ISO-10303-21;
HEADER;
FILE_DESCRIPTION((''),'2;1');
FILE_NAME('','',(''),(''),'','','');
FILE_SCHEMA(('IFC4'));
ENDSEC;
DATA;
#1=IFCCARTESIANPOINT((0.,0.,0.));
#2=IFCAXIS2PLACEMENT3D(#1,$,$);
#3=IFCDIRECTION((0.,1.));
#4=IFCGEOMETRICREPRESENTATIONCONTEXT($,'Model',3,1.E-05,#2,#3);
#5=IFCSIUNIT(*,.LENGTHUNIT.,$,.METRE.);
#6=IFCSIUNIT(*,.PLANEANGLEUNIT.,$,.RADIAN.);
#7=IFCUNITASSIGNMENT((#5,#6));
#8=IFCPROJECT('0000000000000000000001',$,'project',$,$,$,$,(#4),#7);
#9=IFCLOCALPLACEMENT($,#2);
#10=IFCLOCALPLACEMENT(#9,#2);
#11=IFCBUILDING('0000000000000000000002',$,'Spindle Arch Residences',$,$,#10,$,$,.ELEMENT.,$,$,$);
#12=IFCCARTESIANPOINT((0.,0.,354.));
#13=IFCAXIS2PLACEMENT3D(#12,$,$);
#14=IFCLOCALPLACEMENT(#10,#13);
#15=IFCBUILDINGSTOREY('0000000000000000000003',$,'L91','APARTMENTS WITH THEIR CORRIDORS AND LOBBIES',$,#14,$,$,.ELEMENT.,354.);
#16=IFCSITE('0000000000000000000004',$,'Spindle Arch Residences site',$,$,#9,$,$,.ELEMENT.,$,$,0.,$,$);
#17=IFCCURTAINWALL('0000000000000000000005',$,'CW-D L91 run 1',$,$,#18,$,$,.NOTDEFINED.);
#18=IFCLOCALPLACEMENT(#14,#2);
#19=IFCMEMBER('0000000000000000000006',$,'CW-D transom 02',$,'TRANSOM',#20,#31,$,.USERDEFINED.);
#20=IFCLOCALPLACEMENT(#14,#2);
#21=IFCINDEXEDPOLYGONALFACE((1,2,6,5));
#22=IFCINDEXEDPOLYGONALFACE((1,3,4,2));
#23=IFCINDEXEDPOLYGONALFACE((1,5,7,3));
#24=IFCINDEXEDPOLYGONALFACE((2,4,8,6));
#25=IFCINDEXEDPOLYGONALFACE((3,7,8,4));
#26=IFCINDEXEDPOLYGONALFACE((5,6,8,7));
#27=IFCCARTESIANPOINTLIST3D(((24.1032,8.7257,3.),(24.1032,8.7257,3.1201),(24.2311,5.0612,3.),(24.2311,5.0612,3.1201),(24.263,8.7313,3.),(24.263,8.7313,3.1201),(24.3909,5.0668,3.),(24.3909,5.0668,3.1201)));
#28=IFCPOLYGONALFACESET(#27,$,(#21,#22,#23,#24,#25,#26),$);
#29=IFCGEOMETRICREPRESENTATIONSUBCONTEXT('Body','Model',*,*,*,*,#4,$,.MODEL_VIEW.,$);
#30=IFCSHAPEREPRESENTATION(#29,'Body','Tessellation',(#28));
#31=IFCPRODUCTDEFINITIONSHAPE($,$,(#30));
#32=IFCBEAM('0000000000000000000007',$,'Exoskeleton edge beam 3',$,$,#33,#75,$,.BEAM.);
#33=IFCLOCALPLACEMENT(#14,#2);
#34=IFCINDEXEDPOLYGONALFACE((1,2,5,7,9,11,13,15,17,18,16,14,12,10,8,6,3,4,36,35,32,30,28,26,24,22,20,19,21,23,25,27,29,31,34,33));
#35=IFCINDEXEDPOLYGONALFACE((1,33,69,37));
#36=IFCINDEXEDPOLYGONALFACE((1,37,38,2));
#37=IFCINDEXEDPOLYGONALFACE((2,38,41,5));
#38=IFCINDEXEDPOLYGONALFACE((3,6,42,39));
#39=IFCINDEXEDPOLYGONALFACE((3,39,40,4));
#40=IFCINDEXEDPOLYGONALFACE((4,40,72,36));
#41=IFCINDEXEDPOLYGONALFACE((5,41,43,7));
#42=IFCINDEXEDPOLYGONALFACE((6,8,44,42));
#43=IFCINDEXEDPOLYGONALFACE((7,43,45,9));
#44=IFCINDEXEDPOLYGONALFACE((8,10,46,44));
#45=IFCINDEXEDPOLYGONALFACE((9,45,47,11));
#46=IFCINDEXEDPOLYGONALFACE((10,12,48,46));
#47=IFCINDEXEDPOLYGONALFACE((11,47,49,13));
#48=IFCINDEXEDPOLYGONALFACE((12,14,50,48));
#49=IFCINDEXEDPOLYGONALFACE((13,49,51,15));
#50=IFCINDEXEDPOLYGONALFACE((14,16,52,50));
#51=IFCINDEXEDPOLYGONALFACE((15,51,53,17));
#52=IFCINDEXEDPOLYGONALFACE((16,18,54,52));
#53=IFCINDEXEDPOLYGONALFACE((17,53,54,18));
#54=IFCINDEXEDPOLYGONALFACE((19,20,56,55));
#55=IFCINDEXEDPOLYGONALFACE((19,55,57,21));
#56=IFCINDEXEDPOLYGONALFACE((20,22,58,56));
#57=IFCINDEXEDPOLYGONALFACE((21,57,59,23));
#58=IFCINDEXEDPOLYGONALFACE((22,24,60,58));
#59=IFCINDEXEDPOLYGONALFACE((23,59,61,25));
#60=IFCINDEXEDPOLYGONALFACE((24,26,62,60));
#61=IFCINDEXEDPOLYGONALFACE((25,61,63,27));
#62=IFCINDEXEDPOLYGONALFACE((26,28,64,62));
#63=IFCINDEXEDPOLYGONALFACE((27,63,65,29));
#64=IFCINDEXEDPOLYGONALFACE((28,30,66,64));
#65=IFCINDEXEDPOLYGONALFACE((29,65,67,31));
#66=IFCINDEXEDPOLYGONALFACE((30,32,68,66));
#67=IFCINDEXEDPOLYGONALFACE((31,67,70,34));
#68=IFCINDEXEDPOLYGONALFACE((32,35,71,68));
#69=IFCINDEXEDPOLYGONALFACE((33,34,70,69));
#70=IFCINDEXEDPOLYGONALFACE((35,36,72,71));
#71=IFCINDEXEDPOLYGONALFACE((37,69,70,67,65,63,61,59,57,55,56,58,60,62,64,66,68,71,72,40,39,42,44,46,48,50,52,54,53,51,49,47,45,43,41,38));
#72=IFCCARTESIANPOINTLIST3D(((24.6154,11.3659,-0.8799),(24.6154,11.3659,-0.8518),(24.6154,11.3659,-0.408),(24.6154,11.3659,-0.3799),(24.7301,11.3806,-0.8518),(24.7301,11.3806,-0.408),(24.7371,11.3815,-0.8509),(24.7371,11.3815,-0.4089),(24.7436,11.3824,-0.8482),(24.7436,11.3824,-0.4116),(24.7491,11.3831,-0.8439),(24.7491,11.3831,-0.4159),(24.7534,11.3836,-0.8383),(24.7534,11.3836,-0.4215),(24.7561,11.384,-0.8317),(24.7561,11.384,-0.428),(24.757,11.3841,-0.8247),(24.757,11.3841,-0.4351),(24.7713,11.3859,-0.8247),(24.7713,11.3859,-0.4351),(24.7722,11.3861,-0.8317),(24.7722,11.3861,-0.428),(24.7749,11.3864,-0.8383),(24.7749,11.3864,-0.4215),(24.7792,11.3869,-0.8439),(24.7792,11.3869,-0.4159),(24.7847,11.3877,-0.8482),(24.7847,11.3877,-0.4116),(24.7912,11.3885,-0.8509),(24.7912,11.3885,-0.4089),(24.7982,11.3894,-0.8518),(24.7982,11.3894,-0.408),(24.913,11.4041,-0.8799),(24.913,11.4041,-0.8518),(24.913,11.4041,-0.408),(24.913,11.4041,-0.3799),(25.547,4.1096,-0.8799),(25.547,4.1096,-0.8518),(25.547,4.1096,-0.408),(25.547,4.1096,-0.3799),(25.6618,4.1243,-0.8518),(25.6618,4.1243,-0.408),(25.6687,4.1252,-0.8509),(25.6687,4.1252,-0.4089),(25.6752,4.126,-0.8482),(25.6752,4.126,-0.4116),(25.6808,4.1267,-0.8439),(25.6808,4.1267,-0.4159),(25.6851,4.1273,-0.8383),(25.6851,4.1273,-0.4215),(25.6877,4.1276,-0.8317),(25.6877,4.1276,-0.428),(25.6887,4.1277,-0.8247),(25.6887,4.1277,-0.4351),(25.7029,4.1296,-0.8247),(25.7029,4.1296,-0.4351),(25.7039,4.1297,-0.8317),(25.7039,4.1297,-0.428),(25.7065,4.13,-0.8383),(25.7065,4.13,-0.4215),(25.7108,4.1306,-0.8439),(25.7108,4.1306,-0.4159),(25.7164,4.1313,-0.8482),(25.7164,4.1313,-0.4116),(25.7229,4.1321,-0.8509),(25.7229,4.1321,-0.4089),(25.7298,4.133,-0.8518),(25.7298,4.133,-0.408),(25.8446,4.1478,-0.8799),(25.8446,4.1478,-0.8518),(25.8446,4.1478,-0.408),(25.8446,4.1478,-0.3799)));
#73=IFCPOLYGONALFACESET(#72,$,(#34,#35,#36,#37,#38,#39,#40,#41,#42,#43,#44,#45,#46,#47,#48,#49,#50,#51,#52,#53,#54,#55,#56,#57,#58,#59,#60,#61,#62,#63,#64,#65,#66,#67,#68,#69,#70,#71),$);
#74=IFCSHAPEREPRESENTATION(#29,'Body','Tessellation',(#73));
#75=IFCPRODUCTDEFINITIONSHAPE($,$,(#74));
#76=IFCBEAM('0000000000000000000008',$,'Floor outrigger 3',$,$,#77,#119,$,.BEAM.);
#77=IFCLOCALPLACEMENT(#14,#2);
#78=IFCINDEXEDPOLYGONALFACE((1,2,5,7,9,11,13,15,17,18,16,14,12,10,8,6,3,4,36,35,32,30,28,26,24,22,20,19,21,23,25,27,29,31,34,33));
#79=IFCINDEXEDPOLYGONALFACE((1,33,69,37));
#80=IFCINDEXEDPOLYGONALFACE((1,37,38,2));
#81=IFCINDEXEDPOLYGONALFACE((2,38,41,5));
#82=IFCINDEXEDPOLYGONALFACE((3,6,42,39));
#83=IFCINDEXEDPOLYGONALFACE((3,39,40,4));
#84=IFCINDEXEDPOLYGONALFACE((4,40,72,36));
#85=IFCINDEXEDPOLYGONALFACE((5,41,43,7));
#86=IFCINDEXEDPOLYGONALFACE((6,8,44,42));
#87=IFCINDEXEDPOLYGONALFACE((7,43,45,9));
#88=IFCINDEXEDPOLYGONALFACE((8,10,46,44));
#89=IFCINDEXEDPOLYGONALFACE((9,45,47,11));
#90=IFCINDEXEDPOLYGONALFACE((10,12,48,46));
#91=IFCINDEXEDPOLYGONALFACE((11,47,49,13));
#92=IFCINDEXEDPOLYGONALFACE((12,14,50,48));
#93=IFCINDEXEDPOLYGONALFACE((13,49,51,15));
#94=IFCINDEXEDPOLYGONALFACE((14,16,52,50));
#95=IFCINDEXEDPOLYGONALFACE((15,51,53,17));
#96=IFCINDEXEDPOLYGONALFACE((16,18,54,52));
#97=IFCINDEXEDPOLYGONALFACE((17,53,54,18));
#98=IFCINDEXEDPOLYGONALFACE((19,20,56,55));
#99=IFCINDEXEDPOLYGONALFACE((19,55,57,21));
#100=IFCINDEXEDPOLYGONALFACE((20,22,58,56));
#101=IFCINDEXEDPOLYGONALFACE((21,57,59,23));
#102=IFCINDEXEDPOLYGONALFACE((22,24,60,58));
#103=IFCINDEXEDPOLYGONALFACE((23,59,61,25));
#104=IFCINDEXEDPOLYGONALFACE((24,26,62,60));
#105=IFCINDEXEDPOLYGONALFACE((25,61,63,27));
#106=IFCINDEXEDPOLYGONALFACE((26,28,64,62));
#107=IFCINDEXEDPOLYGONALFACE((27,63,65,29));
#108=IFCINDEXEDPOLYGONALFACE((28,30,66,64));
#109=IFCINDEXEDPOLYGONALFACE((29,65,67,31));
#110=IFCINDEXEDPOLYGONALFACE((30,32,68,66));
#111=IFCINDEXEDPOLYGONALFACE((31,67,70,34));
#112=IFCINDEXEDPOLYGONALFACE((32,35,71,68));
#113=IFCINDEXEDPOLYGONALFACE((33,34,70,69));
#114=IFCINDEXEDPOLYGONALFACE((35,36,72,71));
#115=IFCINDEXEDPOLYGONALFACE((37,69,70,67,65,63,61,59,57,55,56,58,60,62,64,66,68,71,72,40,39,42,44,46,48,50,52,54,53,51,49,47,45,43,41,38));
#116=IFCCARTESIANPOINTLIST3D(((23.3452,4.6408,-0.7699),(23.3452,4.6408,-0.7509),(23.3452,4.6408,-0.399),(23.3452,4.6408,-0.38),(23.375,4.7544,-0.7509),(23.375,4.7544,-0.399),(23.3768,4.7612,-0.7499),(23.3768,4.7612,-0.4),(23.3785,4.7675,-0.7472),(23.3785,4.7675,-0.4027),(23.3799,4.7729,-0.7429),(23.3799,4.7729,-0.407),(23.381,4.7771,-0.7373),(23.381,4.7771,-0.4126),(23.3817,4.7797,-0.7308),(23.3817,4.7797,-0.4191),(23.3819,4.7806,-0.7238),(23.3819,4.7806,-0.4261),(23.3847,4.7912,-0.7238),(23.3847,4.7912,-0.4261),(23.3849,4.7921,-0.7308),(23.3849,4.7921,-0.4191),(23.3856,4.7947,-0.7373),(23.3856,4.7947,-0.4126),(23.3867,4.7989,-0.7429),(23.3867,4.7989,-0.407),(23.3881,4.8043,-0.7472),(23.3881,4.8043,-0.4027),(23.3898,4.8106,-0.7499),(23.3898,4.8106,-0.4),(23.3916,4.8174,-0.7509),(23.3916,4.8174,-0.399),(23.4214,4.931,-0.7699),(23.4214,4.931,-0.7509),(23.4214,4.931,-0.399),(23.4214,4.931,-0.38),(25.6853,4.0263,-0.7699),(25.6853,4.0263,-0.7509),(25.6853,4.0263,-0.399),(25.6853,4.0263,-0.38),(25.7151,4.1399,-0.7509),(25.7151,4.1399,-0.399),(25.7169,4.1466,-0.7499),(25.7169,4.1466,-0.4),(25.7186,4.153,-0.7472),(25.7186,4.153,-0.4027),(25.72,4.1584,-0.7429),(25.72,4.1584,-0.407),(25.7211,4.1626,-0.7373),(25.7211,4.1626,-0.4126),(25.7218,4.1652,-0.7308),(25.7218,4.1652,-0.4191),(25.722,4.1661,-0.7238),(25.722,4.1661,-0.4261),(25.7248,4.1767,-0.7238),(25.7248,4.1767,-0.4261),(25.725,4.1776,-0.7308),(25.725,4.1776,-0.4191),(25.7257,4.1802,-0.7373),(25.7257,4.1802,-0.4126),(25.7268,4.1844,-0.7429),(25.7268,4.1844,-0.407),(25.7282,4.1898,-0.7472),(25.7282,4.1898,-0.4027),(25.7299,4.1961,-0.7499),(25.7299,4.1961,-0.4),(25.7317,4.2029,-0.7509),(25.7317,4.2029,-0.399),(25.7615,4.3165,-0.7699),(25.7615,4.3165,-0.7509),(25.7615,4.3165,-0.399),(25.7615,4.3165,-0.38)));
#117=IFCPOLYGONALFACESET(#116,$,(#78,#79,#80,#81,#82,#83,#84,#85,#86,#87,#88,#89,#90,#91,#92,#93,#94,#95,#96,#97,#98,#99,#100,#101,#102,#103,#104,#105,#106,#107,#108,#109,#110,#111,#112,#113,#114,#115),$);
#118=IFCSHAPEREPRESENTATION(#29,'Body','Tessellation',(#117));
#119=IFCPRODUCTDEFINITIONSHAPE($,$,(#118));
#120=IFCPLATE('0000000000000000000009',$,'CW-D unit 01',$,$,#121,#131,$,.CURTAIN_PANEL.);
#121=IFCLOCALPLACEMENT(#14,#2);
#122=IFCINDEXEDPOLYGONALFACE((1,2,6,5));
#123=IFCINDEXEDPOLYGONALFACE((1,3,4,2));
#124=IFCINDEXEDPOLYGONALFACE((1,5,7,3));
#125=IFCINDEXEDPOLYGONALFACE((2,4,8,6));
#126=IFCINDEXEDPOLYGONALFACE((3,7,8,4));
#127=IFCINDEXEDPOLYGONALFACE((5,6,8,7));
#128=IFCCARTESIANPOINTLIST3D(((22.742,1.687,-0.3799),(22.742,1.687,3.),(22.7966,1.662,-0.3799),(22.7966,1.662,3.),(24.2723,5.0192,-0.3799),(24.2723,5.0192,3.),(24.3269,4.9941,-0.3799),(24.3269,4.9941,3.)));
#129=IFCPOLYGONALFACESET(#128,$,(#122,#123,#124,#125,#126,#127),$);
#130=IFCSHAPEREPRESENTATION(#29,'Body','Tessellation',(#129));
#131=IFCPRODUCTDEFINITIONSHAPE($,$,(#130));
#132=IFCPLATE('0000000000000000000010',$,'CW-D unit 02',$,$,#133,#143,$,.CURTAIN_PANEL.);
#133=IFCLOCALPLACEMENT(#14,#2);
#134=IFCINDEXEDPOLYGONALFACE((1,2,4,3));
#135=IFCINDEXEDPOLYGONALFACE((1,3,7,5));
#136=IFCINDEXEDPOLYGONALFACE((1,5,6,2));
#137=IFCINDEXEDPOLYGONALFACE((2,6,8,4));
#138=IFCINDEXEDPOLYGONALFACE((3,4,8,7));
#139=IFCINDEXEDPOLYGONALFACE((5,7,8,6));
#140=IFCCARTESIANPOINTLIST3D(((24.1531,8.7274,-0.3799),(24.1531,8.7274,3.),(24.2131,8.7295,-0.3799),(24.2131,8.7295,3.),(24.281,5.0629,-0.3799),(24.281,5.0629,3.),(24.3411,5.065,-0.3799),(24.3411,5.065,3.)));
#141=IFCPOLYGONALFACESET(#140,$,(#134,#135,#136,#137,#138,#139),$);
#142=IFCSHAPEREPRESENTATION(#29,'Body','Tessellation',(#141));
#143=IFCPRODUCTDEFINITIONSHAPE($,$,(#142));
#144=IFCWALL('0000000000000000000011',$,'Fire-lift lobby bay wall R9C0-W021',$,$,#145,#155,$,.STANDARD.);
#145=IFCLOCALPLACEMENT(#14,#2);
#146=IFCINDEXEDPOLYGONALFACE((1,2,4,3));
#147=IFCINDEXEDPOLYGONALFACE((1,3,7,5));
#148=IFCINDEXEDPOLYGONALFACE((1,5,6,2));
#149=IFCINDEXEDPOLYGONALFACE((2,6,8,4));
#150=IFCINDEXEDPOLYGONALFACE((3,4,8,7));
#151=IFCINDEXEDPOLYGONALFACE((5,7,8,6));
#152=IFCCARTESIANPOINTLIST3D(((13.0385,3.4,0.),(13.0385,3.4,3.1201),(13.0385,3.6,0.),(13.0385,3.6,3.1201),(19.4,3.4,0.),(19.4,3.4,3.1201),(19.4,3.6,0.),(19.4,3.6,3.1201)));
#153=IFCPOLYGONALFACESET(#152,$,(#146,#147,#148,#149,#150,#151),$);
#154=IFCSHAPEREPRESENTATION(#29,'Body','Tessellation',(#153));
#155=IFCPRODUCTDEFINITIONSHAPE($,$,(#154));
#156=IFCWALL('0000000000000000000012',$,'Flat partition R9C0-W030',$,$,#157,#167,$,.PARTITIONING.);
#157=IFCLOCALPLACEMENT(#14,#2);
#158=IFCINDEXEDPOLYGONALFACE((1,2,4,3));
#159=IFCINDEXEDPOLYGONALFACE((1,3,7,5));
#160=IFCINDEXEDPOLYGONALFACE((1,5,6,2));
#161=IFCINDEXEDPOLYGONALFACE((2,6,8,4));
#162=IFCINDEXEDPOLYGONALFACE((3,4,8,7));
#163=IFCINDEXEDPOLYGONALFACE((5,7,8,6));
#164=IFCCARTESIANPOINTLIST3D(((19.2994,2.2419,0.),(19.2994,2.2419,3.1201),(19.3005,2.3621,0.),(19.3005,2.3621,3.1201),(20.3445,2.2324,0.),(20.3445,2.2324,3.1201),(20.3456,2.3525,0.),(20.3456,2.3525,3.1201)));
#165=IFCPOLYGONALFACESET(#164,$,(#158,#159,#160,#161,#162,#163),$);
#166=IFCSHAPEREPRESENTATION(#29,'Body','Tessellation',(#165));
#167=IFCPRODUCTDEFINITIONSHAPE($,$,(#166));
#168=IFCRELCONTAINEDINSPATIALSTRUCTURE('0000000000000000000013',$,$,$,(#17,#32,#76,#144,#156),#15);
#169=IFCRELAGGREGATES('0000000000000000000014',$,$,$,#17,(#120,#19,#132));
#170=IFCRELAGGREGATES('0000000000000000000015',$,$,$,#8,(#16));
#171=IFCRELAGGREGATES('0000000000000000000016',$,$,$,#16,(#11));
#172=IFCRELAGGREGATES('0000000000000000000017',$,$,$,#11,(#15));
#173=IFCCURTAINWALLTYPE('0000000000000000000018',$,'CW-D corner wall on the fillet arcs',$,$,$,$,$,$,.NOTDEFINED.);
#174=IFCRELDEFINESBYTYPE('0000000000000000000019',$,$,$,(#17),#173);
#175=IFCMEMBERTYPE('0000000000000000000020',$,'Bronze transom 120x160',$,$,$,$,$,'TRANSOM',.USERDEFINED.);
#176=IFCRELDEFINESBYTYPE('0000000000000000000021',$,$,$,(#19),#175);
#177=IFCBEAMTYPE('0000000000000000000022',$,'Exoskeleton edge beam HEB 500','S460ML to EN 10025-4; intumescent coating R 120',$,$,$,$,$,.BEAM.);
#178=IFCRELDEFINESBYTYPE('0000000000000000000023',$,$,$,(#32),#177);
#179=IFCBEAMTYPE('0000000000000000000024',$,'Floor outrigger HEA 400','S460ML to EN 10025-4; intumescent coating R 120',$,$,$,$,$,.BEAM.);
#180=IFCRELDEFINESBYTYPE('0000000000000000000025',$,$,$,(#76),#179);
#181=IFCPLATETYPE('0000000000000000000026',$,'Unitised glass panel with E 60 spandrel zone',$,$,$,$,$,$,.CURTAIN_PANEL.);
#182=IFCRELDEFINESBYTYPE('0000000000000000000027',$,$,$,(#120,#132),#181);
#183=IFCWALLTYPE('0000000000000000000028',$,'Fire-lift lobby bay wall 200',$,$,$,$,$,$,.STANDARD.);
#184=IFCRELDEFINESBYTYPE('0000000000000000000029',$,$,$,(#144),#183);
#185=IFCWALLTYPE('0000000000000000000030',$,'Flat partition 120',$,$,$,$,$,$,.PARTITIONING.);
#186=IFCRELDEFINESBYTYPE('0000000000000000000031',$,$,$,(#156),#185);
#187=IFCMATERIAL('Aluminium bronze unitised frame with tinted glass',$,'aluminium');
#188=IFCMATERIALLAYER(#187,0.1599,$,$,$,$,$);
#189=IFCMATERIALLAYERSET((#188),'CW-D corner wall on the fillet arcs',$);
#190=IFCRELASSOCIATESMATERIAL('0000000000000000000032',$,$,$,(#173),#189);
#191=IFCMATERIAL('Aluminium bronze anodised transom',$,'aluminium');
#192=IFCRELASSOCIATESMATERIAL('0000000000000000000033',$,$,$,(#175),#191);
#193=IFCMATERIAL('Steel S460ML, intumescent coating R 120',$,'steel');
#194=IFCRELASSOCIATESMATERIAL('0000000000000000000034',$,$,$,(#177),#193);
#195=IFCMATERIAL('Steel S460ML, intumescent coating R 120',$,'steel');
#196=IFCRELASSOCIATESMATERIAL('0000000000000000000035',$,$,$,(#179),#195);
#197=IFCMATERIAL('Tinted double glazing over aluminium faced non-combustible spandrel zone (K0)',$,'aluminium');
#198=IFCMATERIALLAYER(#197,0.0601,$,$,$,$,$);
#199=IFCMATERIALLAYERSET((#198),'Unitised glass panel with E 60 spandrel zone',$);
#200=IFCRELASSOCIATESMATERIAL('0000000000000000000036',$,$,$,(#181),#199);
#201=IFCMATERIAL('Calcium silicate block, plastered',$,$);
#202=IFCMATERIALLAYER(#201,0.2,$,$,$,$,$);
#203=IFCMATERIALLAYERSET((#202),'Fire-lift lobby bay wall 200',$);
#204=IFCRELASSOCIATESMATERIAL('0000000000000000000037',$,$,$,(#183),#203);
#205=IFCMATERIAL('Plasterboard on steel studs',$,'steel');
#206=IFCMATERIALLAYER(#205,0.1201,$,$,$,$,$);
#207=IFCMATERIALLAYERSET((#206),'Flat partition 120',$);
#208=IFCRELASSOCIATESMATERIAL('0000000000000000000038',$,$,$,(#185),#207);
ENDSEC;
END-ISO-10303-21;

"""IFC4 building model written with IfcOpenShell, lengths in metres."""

from ifc_helpers import new_model, si_unit, direction, frame, frame_2d, origin, origin_2d, place, context, subcontext, project, spatial, rectangle, i_section, extrude, material, layer, layer_set, material_profile, profile_set, type_object, element, aggregate, save


model = new_model("IFC4")

# Units and contexts
model_context = context("Model", 3, precision=1e-05, world=origin(), true_north=direction((0.0, 1.0)))
body_context = subcontext(model_context, "Body", "Model", "MODEL_VIEW")
ifc_project = project(units=[si_unit("LENGTHUNIT", "METRE"), si_unit("PLANEANGLEUNIT", "RADIAN")], contexts=[model_context])

# Site, building, storey
site_placement = place(None, origin())
site = spatial("IfcSite", under=ifc_project, at=site_placement, Name="Spindle Arch Residences site", CompositionType="ELEMENT", RefElevation=0.0)
building_placement = place(site_placement, origin())
building = spatial("IfcBuilding", under=site, at=building_placement, Name="Spindle Arch Residences", CompositionType="ELEMENT")
storey_placement = place(building_placement, frame((0.0, 0.0, 354.0)))
storey = spatial("IfcBuildingStorey", under=building, at=storey_placement, Name="L91", Description="APARTMENTS WITH THEIR CORRIDORS AND LOBBIES", CompositionType="ELEMENT", Elevation=354.0)

# Curtain wall, member
ifc_material_1 = material(Name="Aluminium bronze unitised frame with tinted glass", Category="aluminium")
ifc_layer_1 = layer(ifc_material_1, 0.1599)
ifc_layer_set_1 = layer_set([ifc_layer_1], Name="CW-D corner wall on the fillet arcs")
curtain_wall_type = type_object("IfcCurtainWallType", Name="CW-D corner wall on the fillet arcs", PredefinedType="NOTDEFINED", material=ifc_layer_set_1)
curtain_wall_placement = place(storey_placement, origin())
curtain_wall = element("IfcCurtainWall", 1, at=curtain_wall_placement, inside=storey, type_object=curtain_wall_type, Name="CW-D L91 run 1", PredefinedType="NOTDEFINED")
ifc_material_2 = material(Name="Aluminium bronze anodised transom", Category="aluminium")
ifc_material_profile_1 = material_profile(ifc_material_2, rectangle(XDim=0.1599, YDim=0.1201, at=origin_2d()), Name="TR 120x160")
ifc_profile_set_1 = profile_set([ifc_material_profile_1], Name="Aluminium bronze anodised transom")
member_type_1 = type_object("IfcMemberType", Name="Bronze transom 120x160", ElementType="TRANSOM", PredefinedType="USERDEFINED", material=ifc_profile_set_1)
member_1_placement = place(storey_placement, frame((24.311, 5.064, 3.0601), z_axis=(-0.034889, 0.999391, 0.0), x_axis=(-0.999391, -0.034889, 0.0)))
member_1 = element("IfcMember", 2, at=member_1_placement, type_object=member_type_1, Name="CW-D transom 02", ObjectType="TRANSOM", PredefinedType="USERDEFINED", context=body_context, shape_type="SweptSolid", body=[
    extrude(rectangle(XDim=0.1599, YDim=0.1201, at=origin_2d()), origin(), (0.0, 0.0, 1.0), 3.6667),
])

# Beams
ifc_material_3 = material(Name="Steel S460ML, intumescent coating R 120", Category="steel")
ifc_material_profile_2 = material_profile(ifc_material_3, i_section(OverallWidth=0.3, OverallDepth=0.5, WebThickness=0.0144, FlangeThickness=0.0281, FilletRadius=0.0271, at=origin_2d()), Name="HEB 500")
ifc_profile_set_2 = profile_set([ifc_material_profile_2], Name="Steel S460ML, intumescent coating R 120")
beam_type_1 = type_object("IfcBeamType", Name="Exoskeleton edge beam HEB 500", Description="S460ML to EN 10025-4; intumescent coating R 120", PredefinedType="BEAM", material=ifc_profile_set_2)
beam_1_placement = place(storey_placement, frame((25.6958, 4.1287, -0.6299), z_axis=(-0.127344, 0.991859, 0.0), x_axis=(-0.991859, -0.127344, 0.0)))
element("IfcBeam", 3, at=beam_1_placement, inside=storey, type_object=beam_type_1, Name="Exoskeleton edge beam 3", PredefinedType="BEAM", context=body_context, shape_type="SweptSolid", body=[
    extrude(i_section(OverallWidth=0.3, OverallDepth=0.5, WebThickness=0.0144, FlangeThickness=0.0281, FilletRadius=0.0271, at=origin_2d()), origin(), (0.0, 0.0, 1.0), 7.3159),
])
ifc_material_4 = material(Name="Steel S460ML, intumescent coating R 120", Category="steel")
ifc_material_profile_3 = material_profile(ifc_material_4, i_section(OverallWidth=0.3, OverallDepth=0.3899, WebThickness=0.011, FlangeThickness=0.019, FilletRadius=0.0271, at=origin_2d()), Name="HEA 400")
ifc_profile_set_3 = profile_set([ifc_material_profile_3], Name="Steel S460ML, intumescent coating R 120")
beam_type_2 = type_object("IfcBeamType", Name="Floor outrigger HEA 400", Description="S460ML to EN 10025-4; intumescent coating R 120", PredefinedType="BEAM", material=ifc_profile_set_3)
beam_2_placement = place(storey_placement, frame((25.7234, 4.1714, -0.575), z_axis=(-0.967208, 0.253987, 0.0), x_axis=(-0.253987, -0.967208, 0.0)))
element("IfcBeam", 4, at=beam_2_placement, inside=storey, type_object=beam_type_2, Name="Floor outrigger 3", PredefinedType="BEAM", context=body_context, shape_type="SweptSolid", body=[
    extrude(i_section(OverallWidth=0.3, OverallDepth=0.3899, WebThickness=0.011, FlangeThickness=0.019, FilletRadius=0.0271, at=origin_2d()), origin(), (0.0, 0.0, 1.0), 2.4194),
])

# Plates
ifc_material_5 = material(Name="Tinted double glazing over aluminium faced non-combustible spandrel zone (K0)", Category="aluminium")
ifc_layer_2 = layer(ifc_material_5, 0.0601)
ifc_layer_set_2 = layer_set([ifc_layer_2], Name="Unitised glass panel with E 60 spandrel zone")
plate_type = type_object("IfcPlateType", Name="Unitised glass panel with E 60 spandrel zone", PredefinedType="CURTAIN_PANEL", material=ifc_layer_set_2)
plate_1_placement = place(storey_placement, frame((23.5344, 3.3406, -0.3799), z_axis=(0.0, 0.0, 1.0), x_axis=(0.417338, 0.908751, 0.0)))
plate_1 = element("IfcPlate", 5, at=plate_1_placement, type_object=plate_type, Name="CW-D unit 01", PredefinedType="CURTAIN_PANEL", context=body_context, shape_type="SweptSolid", body=[
    extrude(rectangle(XDim=3.6667, YDim=0.0601, at=origin_2d()), origin(), (0.0, 0.0, 1.0), 3.3799),
])
plate_2_placement = place(storey_placement, frame((24.2471, 6.8962, -0.3799), z_axis=(0.0, 0.0, 1.0), x_axis=(-0.034899, 0.999391, 0.0)))
plate_2 = element("IfcPlate", 6, at=plate_2_placement, type_object=plate_type, Name="CW-D unit 02", PredefinedType="CURTAIN_PANEL", context=body_context, shape_type="SweptSolid", body=[
    extrude(rectangle(XDim=3.6667, YDim=0.0601, at=origin_2d()), origin(), (0.0, 0.0, 1.0), 3.3799),
])
aggregate(curtain_wall, [plate_1, member_1, plate_2])

# Walls
ifc_material_6 = material(Name="Calcium silicate block, plastered")
ifc_layer_3 = layer(ifc_material_6, 0.2)
ifc_layer_set_3 = layer_set([ifc_layer_3], Name="Fire-lift lobby bay wall 200")
wall_type_1 = type_object("IfcWallType", Name="Fire-lift lobby bay wall 200", PredefinedType="STANDARD", material=ifc_layer_set_3)
wall_1_placement = place(storey_placement, frame((19.3999, 3.5, 0.0), z_axis=(0.0, 0.0, 1.0), x_axis=(-1.0, 0.0, 0.0)))
element("IfcWall", 7, at=wall_1_placement, inside=storey, type_object=wall_type_1, Name="Fire-lift lobby bay wall R9C0-W021", PredefinedType="STANDARD", context=body_context, shape_type="SweptSolid", body=[
    extrude(rectangle(XDim=6.3616, YDim=0.2, at=frame_2d((3.1807, 0.0))), origin(), (0.0, 0.0, 1.0), 3.1201),
])
ifc_material_7 = material(Name="Plasterboard on steel studs", Category="steel")
ifc_layer_4 = layer(ifc_material_7, 0.1201)
ifc_layer_set_4 = layer_set([ifc_layer_4], Name="Flat partition 120")
wall_type_2 = type_object("IfcWallType", Name="Flat partition 120", PredefinedType="PARTITIONING", material=ifc_layer_set_4)
wall_2_placement = place(storey_placement, frame((19.3, 2.302, 0.0), z_axis=(0.0, 0.0, 1.0), x_axis=(0.999959, -0.00911, 0.0)))
element("IfcWall", 8, at=wall_2_placement, inside=storey, type_object=wall_type_2, Name="Flat partition R9C0-W030", PredefinedType="PARTITIONING", context=body_context, shape_type="SweptSolid", body=[
    extrude(rectangle(XDim=1.0452, YDim=0.1201, at=frame_2d((0.5225, 0.0))), origin(), (0.0, 0.0, 1.0), 3.1201),
])

save(model, "model.ifc")
